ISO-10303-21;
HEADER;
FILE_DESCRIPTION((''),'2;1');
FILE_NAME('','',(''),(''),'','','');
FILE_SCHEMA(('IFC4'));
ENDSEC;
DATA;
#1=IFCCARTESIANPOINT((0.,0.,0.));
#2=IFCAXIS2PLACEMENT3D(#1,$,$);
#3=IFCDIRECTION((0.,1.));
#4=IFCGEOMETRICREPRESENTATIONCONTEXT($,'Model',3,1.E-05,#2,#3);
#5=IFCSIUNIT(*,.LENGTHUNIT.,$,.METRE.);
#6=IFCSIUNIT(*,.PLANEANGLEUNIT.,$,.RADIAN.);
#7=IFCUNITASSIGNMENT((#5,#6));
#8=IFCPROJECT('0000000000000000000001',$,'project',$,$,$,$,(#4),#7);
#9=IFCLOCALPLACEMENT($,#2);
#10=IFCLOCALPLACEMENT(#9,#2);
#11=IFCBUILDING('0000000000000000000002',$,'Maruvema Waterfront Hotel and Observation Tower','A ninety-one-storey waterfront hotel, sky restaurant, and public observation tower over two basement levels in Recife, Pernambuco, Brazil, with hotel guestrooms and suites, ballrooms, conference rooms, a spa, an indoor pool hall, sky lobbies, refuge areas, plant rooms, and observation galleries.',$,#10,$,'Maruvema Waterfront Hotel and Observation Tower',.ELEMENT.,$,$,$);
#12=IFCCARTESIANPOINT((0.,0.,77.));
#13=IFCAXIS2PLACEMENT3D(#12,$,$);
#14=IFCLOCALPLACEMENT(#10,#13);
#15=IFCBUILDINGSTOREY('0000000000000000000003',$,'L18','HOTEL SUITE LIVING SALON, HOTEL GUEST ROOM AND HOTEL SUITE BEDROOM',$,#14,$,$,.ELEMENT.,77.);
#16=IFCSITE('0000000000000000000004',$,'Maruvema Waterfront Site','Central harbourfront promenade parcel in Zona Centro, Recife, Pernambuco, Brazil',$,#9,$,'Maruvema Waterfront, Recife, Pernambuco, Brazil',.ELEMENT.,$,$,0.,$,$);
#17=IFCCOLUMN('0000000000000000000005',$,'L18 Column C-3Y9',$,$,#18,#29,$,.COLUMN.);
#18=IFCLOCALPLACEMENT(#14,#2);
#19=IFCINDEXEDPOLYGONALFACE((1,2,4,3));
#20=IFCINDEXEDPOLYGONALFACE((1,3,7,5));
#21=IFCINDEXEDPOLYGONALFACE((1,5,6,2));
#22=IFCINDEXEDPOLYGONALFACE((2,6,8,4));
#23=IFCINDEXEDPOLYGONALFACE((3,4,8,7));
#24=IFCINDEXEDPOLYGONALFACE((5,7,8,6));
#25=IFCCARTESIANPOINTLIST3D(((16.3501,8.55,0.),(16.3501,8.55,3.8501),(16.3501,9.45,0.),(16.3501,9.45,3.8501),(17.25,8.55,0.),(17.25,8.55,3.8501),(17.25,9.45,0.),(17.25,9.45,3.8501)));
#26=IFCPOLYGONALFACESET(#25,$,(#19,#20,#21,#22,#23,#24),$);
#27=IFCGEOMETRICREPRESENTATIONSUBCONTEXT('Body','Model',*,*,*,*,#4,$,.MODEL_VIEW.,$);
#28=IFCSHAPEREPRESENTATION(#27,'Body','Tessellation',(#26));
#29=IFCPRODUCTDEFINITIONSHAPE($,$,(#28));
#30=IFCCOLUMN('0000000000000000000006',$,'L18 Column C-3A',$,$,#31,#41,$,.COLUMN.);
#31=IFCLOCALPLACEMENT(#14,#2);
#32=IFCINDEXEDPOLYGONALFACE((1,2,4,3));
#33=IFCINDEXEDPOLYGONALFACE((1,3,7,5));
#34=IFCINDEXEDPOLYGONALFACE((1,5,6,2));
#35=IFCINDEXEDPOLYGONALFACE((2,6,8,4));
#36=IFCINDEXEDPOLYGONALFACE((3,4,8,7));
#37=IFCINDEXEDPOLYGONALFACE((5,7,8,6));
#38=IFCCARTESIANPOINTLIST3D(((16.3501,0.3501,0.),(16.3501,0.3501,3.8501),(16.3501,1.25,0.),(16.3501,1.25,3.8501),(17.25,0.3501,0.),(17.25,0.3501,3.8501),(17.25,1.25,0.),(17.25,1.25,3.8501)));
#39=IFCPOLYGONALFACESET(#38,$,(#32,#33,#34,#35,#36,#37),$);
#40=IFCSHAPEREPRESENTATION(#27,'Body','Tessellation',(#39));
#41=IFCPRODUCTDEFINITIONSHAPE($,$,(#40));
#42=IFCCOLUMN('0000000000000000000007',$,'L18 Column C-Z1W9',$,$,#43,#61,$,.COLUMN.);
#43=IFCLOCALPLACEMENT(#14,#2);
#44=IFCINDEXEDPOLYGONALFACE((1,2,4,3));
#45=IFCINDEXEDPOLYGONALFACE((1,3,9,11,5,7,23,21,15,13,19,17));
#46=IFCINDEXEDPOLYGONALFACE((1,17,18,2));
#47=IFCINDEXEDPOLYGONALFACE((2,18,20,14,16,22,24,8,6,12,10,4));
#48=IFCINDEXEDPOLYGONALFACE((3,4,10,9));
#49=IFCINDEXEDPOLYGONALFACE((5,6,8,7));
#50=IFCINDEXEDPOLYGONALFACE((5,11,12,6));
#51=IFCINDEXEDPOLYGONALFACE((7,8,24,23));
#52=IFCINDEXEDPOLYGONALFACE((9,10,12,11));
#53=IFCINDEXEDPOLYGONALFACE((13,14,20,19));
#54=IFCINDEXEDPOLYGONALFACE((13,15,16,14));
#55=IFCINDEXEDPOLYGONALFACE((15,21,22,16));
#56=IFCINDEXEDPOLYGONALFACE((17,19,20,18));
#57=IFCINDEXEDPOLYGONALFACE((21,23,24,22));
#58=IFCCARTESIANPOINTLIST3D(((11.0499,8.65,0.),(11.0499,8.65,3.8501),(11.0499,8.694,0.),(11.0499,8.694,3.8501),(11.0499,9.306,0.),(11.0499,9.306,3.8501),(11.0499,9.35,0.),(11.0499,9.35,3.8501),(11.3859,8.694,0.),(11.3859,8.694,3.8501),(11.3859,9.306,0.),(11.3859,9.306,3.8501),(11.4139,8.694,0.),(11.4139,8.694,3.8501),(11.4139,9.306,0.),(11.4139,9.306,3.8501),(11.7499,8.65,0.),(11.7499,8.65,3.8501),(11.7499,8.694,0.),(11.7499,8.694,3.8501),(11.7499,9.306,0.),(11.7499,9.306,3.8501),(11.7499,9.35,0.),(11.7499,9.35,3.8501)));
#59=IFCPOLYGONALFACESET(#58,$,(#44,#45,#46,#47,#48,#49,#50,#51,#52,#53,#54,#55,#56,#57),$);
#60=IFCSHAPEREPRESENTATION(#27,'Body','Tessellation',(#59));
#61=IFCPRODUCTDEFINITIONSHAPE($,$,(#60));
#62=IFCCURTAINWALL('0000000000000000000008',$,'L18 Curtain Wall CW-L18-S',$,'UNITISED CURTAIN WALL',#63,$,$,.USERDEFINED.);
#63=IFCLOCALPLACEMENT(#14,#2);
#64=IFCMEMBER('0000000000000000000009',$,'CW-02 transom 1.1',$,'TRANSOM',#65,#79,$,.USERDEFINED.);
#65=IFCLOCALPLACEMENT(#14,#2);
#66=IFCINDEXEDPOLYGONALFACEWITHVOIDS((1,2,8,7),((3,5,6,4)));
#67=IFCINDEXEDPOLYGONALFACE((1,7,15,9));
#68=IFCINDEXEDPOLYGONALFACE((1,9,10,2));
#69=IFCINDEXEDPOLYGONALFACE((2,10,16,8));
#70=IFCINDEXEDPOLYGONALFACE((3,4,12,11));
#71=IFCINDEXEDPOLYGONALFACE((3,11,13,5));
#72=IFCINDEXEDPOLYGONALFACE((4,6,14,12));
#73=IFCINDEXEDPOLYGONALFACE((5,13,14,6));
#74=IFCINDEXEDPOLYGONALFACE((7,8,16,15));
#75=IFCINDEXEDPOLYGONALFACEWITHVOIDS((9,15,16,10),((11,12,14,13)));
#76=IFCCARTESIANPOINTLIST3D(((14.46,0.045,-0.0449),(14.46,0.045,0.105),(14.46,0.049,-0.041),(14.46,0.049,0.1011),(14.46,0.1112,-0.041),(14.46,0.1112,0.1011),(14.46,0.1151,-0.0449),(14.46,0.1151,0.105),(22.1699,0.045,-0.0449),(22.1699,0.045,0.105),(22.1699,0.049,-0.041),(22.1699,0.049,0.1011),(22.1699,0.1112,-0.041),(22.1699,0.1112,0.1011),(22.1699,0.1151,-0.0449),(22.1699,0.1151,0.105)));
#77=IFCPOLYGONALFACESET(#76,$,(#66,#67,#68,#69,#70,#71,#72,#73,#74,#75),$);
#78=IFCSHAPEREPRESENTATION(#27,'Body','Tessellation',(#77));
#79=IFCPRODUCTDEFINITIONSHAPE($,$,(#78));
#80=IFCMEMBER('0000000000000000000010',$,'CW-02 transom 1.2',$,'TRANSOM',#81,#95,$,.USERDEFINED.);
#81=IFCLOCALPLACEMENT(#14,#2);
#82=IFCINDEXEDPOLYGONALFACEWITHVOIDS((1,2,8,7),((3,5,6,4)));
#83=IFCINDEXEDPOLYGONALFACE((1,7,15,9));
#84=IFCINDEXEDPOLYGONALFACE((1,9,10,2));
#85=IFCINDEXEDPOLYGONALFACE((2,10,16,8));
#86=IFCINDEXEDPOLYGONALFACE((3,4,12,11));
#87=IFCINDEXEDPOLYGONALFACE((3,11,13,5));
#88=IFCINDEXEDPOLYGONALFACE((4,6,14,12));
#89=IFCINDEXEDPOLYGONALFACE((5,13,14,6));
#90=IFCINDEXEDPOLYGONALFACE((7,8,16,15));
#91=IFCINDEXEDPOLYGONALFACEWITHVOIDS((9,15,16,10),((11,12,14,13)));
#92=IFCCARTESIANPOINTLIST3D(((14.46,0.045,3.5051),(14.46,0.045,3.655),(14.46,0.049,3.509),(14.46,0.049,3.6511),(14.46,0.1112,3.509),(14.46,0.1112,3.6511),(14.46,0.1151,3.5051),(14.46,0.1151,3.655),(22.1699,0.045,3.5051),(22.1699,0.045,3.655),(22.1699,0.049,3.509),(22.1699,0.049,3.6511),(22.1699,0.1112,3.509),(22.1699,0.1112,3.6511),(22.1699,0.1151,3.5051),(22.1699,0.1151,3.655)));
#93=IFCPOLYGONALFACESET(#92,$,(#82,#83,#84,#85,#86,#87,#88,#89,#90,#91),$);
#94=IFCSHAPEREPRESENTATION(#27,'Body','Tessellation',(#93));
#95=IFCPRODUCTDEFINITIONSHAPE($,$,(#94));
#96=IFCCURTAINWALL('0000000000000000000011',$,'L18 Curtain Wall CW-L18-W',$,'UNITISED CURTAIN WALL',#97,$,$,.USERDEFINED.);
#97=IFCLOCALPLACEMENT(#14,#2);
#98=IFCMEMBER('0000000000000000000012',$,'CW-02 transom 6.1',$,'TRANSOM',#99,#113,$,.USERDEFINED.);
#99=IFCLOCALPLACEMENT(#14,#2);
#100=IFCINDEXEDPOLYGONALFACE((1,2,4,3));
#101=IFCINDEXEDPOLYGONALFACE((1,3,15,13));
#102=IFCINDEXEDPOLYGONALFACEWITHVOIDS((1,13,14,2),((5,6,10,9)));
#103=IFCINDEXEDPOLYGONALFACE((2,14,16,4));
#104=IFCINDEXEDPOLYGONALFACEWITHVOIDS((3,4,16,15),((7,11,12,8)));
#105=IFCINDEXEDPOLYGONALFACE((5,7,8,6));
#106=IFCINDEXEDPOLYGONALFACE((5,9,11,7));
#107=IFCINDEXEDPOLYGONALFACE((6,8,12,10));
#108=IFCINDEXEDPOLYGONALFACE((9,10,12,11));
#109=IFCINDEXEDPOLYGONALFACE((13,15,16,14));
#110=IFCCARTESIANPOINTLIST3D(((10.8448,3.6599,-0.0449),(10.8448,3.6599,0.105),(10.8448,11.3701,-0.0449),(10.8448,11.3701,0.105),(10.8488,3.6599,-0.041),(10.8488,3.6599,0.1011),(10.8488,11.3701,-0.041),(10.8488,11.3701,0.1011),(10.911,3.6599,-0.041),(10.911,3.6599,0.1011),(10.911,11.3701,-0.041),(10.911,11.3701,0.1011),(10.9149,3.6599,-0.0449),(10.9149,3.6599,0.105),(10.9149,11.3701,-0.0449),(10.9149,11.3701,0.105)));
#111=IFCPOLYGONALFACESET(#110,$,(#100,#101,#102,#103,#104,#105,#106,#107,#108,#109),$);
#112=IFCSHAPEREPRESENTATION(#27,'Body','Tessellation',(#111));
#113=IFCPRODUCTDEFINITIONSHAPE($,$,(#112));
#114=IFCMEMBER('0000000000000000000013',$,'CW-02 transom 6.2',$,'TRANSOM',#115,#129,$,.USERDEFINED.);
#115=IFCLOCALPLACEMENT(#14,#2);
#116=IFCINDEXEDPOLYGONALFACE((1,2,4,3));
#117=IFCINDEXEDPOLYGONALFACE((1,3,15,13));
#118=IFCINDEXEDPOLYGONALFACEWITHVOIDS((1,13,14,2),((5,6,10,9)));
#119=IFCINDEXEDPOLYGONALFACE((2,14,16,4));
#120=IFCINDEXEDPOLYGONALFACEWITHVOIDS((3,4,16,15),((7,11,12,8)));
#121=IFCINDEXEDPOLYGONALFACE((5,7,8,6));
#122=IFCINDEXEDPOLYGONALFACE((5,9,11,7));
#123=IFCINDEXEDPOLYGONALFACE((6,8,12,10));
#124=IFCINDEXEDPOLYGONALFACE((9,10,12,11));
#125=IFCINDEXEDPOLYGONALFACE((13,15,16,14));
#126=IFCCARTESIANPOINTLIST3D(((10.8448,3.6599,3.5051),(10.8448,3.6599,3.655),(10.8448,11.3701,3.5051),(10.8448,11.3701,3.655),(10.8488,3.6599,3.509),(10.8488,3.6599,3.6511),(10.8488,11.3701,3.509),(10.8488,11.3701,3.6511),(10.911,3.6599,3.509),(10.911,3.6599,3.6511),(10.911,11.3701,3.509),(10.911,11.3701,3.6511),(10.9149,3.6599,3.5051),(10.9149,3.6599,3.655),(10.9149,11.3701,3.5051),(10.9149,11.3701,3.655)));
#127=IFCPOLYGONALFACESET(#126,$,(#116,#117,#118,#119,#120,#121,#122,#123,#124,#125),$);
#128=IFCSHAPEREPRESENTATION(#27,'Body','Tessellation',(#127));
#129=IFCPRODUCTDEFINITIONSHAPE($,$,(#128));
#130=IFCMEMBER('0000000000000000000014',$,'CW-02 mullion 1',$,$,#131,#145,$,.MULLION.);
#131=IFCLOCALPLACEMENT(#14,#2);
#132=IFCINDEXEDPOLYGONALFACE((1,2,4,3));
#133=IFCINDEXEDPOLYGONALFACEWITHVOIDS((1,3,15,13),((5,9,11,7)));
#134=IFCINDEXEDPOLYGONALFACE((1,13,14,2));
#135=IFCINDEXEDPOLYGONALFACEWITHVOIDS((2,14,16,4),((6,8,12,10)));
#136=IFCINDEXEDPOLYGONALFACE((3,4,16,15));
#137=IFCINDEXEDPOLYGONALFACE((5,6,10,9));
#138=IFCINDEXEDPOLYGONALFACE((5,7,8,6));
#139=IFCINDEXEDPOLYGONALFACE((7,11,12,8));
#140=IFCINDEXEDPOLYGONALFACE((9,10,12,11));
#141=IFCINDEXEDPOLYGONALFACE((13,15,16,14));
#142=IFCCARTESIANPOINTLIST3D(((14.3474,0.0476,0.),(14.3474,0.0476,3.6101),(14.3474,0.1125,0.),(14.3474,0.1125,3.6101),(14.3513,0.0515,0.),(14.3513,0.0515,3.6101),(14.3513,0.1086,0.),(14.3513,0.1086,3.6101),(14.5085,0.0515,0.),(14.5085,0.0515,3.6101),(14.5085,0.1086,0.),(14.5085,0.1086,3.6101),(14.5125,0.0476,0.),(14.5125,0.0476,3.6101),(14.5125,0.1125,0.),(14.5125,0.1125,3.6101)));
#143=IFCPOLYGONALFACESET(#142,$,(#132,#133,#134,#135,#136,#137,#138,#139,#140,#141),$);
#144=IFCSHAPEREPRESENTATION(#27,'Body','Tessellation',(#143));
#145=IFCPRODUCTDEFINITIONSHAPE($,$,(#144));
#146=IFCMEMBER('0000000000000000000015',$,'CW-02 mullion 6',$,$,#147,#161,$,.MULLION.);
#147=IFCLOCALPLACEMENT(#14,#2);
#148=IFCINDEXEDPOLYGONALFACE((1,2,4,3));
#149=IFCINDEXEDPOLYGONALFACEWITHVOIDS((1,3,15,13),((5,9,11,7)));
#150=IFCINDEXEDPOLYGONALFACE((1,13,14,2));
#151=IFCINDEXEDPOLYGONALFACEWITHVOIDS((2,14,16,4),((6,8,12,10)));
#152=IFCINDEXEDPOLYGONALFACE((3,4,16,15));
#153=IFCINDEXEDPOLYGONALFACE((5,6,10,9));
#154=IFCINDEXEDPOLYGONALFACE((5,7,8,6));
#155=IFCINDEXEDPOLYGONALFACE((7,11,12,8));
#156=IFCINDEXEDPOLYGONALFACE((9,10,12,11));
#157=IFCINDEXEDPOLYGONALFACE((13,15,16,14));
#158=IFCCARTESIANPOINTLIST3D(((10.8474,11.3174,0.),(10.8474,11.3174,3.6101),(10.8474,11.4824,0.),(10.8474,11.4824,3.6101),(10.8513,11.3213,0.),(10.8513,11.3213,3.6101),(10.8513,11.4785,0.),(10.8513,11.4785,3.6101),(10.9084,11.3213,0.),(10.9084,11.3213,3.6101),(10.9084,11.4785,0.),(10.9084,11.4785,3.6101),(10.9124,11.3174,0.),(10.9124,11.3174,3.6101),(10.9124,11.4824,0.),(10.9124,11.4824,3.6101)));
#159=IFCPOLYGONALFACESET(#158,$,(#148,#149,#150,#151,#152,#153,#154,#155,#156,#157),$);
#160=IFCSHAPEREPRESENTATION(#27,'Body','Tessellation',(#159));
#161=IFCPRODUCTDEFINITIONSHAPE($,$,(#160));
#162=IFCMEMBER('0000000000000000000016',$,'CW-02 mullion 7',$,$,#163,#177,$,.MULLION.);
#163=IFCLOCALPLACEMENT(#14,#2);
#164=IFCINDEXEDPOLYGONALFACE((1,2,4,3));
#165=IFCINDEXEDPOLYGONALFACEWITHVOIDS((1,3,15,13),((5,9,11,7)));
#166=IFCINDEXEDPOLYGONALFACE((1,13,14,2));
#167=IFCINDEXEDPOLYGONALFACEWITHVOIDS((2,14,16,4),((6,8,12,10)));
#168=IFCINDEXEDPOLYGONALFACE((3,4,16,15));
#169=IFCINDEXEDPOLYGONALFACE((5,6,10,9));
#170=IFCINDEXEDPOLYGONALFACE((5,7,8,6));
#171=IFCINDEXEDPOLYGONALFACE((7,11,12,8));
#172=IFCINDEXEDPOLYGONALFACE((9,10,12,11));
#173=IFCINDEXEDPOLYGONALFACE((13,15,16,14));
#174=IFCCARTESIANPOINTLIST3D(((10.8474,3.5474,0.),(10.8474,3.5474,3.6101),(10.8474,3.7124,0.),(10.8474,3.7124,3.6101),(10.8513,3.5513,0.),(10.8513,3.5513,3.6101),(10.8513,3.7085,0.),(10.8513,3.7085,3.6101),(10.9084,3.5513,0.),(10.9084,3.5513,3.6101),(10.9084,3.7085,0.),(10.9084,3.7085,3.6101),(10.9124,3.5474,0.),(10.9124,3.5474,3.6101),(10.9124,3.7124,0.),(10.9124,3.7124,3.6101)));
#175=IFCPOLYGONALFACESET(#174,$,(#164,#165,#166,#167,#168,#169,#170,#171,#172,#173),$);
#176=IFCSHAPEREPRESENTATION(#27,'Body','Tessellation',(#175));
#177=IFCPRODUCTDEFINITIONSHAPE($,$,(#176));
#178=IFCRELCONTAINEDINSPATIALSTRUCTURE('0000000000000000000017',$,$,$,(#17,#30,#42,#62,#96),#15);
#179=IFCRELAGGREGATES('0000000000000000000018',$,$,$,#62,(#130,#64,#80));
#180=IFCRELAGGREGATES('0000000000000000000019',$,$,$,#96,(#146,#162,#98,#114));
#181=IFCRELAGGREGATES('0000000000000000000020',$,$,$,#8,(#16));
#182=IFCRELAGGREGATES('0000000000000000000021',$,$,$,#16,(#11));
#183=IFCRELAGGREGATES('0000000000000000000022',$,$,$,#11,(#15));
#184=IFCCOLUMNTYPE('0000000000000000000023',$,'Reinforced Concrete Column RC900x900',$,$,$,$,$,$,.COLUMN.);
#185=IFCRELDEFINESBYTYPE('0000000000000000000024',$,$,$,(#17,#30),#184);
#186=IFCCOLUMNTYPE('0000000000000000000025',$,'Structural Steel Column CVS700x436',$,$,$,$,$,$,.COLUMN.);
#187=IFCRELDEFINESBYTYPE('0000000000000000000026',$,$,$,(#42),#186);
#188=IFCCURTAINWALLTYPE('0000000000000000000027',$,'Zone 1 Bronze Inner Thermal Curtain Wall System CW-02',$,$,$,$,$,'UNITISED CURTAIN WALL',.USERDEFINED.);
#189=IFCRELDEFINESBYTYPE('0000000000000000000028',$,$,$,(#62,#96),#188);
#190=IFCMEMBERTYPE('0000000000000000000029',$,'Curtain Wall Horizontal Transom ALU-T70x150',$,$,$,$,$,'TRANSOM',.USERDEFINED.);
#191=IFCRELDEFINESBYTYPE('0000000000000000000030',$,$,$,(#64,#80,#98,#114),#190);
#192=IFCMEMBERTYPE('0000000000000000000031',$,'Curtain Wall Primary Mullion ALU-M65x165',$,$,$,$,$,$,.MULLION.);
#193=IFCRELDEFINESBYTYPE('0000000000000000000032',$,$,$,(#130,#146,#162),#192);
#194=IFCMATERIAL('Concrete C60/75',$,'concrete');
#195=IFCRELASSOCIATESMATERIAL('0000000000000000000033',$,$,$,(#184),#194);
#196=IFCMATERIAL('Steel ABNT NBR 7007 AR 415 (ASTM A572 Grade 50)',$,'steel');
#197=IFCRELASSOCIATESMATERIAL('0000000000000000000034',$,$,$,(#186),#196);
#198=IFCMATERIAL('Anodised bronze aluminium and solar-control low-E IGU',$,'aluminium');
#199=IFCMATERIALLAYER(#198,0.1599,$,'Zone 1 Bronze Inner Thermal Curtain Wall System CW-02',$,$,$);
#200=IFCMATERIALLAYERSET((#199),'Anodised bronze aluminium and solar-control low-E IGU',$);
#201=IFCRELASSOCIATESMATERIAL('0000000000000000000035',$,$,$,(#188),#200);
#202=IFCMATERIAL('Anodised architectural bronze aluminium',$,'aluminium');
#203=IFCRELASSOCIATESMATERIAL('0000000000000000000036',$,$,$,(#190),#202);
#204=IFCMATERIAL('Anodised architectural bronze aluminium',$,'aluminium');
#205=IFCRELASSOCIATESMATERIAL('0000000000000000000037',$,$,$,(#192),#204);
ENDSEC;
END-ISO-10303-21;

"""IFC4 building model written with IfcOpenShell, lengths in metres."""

from ifc_helpers import new_model, si_unit, direction, frame, origin, origin_2d, place, context, subcontext, project, spatial, rectangle, hollow_rectangle, i_section, extrude, material, layer, layer_set, material_profile, profile_set, type_object, element, aggregate, save


model = new_model("IFC4")

# Units and contexts
model_context = context("Model", 3, precision=1e-05, world=origin(), true_north=direction((0.0, 1.0)))
body_context = subcontext(model_context, "Body", "Model", "MODEL_VIEW")
ifc_project = project(units=[si_unit("LENGTHUNIT", "METRE"), si_unit("PLANEANGLEUNIT", "RADIAN")], contexts=[model_context])

# Site, building, storey
site_placement = place(None, origin())
site = spatial("IfcSite", under=ifc_project, at=site_placement, Name="Maruvema Waterfront Site", Description="Central harbourfront promenade parcel in Zona Centro, Recife, Pernambuco, Brazil", LongName="Maruvema Waterfront, Recife, Pernambuco, Brazil", CompositionType="ELEMENT", RefElevation=0.0)
building_placement = place(site_placement, origin())
building = spatial("IfcBuilding", under=site, at=building_placement, Name="Maruvema Waterfront Hotel and Observation Tower", Description="A ninety-one-storey waterfront hotel, sky restaurant, and public observation tower over two basement levels in Recife, Pernambuco, Brazil, with hotel guestrooms and suites, ballrooms, conference rooms, a spa, an indoor pool hall, sky lobbies, refuge areas, plant rooms, and observation galleries.", LongName="Maruvema Waterfront Hotel and Observation Tower", CompositionType="ELEMENT")
storey_placement = place(building_placement, frame((0.0, 0.0, 77.0)))
storey = spatial("IfcBuildingStorey", under=building, at=storey_placement, Name="L18", Description="HOTEL SUITE LIVING SALON, HOTEL GUEST ROOM AND HOTEL SUITE BEDROOM", CompositionType="ELEMENT", Elevation=77.0)

# Columns
ifc_material_1 = material(Name="Concrete C60/75", Category="concrete")
ifc_material_profile_1 = material_profile(ifc_material_1, rectangle(XDim=0.8999, YDim=0.8999, at=origin_2d()), Name="RC900x900")
ifc_profile_set_1 = profile_set([ifc_material_profile_1], Name="Concrete C60/75")
column_type_1 = type_object("IfcColumnType", Name="Reinforced Concrete Column RC900x900", PredefinedType="COLUMN", material=ifc_profile_set_1)
for number, where, z_axis, x_axis, name in (
    (1, (16.8, 9.0, 0.0), (0.0, 0.0, 1.0), (1.0, 0.0, 0.0), "L18 Column C-3Y9"),
    (2, (16.8, 0.8, 0.0), (0.0, 0.0, 1.0), (1.0, 0.0, 0.0), "L18 Column C-3A"),
):
    element("IfcColumn", number, at=place(storey_placement, frame(where, z_axis=z_axis, x_axis=x_axis)), inside=storey, type_object=column_type_1, Name=name, PredefinedType="COLUMN", context=body_context, shape_type="SweptSolid", body=[
        extrude(rectangle(XDim=0.8999, YDim=0.8999, at=origin_2d()), origin(), (0.0, 0.0, 1.0), 3.8501),
    ])
ifc_material_2 = material(Name="Steel ABNT NBR 7007 AR 415 (ASTM A572 Grade 50)", Category="steel")
ifc_material_profile_2 = material_profile(ifc_material_2, i_section(OverallWidth=0.7, OverallDepth=0.7, WebThickness=0.0281, FlangeThickness=0.0439, at=origin_2d()), Name="CVS700x436")
ifc_profile_set_2 = profile_set([ifc_material_profile_2], Name="Steel ABNT NBR 7007 AR 415 (ASTM A572 Grade 50)")
column_type_2 = type_object("IfcColumnType", Name="Structural Steel Column CVS700x436", PredefinedType="COLUMN", material=ifc_profile_set_2)
column_placement = place(storey_placement, frame((11.3999, 9.0, 0.0), z_axis=(0.0, 0.0, 1.0), x_axis=(1.0, 0.0, 0.0)))
element("IfcColumn", 3, at=column_placement, inside=storey, type_object=column_type_2, Name="L18 Column C-Z1W9", PredefinedType="COLUMN", context=body_context, shape_type="SweptSolid", body=[
    extrude(i_section(OverallWidth=0.7, OverallDepth=0.7, WebThickness=0.0281, FlangeThickness=0.0439, at=origin_2d()), origin(), (0.0, 0.0, 1.0), 3.8501),
])

# Curtain walls, members
ifc_material_3 = material(Name="Anodised bronze aluminium and solar-control low-E IGU", Category="aluminium")
ifc_layer_1 = layer(ifc_material_3, 0.1599, Name="Zone 1 Bronze Inner Thermal Curtain Wall System CW-02")
ifc_layer_set_1 = layer_set([ifc_layer_1], Name="Anodised bronze aluminium and solar-control low-E IGU")
curtain_wall_type = type_object("IfcCurtainWallType", Name="Zone 1 Bronze Inner Thermal Curtain Wall System CW-02", ElementType="UNITISED CURTAIN WALL", PredefinedType="USERDEFINED", material=ifc_layer_set_1)
curtain_wall_1_placement = place(storey_placement, origin())
curtain_wall_1 = element("IfcCurtainWall", 4, at=curtain_wall_1_placement, inside=storey, type_object=curtain_wall_type, Name="L18 Curtain Wall CW-L18-S", ObjectType="UNITISED CURTAIN WALL", PredefinedType="USERDEFINED")
ifc_material_4 = material(Name="Anodised architectural bronze aluminium", Category="aluminium")
ifc_material_profile_3 = material_profile(ifc_material_4, hollow_rectangle(XDim=0.0701, YDim=0.1499, WallThickness=0.0039, at=origin_2d()), Name="ALU-T70x150")
ifc_profile_set_3 = profile_set([ifc_material_profile_3], Name="Anodised architectural bronze aluminium")
member_type_1 = type_object("IfcMemberType", Name="Curtain Wall Horizontal Transom ALU-T70x150", ElementType="TRANSOM", PredefinedType="USERDEFINED", material=ifc_profile_set_3)
member_1_placement = place(storey_placement, frame((14.46, 0.0801, 0.03), z_axis=(1.0, 0.0, 0.0), x_axis=(0.0, 1.0, 0.0)))
member_1 = element("IfcMember", 5, at=member_1_placement, type_object=member_type_1, Name="CW-02 transom 1.1", ObjectType="TRANSOM", PredefinedType="USERDEFINED", context=body_context, shape_type="SweptSolid", body=[
    extrude(hollow_rectangle(XDim=0.0701, YDim=0.1499, WallThickness=0.0039, at=origin_2d()), origin(), (0.0, 0.0, 1.0), 7.71),
])
member_2_placement = place(storey_placement, frame((14.46, 0.0801, 3.5801), z_axis=(1.0, 0.0, 0.0), x_axis=(0.0, 1.0, 0.0)))
member_2 = element("IfcMember", 6, at=member_2_placement, type_object=member_type_1, Name="CW-02 transom 1.2", ObjectType="TRANSOM", PredefinedType="USERDEFINED", context=body_context, shape_type="SweptSolid", body=[
    extrude(hollow_rectangle(XDim=0.0701, YDim=0.1499, WallThickness=0.0039, at=origin_2d()), origin(), (0.0, 0.0, 1.0), 7.71),
])
curtain_wall_2_placement = place(storey_placement, origin())
curtain_wall_2 = element("IfcCurtainWall", 7, at=curtain_wall_2_placement, inside=storey, type_object=curtain_wall_type, Name="L18 Curtain Wall CW-L18-W", ObjectType="UNITISED CURTAIN WALL", PredefinedType="USERDEFINED")
member_3_placement = place(storey_placement, frame((10.8799, 11.3701, 0.03), z_axis=(0.0, -1.0, 0.0), x_axis=(1.0, 0.0, 0.0)))
member_3 = element("IfcMember", 8, at=member_3_placement, type_object=member_type_1, Name="CW-02 transom 6.1", ObjectType="TRANSOM", PredefinedType="USERDEFINED", context=body_context, shape_type="SweptSolid", body=[
    extrude(hollow_rectangle(XDim=0.0701, YDim=0.1499, WallThickness=0.0039, at=origin_2d()), origin(), (0.0, 0.0, 1.0), 7.7102),
])
member_4_placement = place(storey_placement, frame((10.8799, 11.3701, 3.5801), z_axis=(0.0, -1.0, 0.0), x_axis=(1.0, 0.0, 0.0)))
member_4 = element("IfcMember", 9, at=member_4_placement, type_object=member_type_1, Name="CW-02 transom 6.2", ObjectType="TRANSOM", PredefinedType="USERDEFINED", context=body_context, shape_type="SweptSolid", body=[
    extrude(hollow_rectangle(XDim=0.0701, YDim=0.1499, WallThickness=0.0039, at=origin_2d()), origin(), (0.0, 0.0, 1.0), 7.7102),
])

# Members
ifc_material_5 = material(Name="Anodised architectural bronze aluminium", Category="aluminium")
ifc_material_profile_4 = material_profile(ifc_material_5, hollow_rectangle(XDim=0.0649, YDim=0.165, WallThickness=0.0039, at=origin_2d()), Name="ALU-M65x165")
ifc_profile_set_4 = profile_set([ifc_material_profile_4], Name="Anodised architectural bronze aluminium")
member_type_2 = type_object("IfcMemberType", Name="Curtain Wall Primary Mullion ALU-M65x165", PredefinedType="MULLION", material=ifc_profile_set_4)
member_5_placement = place(storey_placement, frame((14.4299, 0.0801, 0.0), z_axis=(0.0, 0.0, 1.0), x_axis=(0.0, 1.0, 0.0)))
member_5 = element("IfcMember", 10, at=member_5_placement, type_object=member_type_2, Name="CW-02 mullion 1", PredefinedType="MULLION", context=body_context, shape_type="SweptSolid", body=[
    extrude(hollow_rectangle(XDim=0.0649, YDim=0.165, WallThickness=0.0039, at=origin_2d()), origin(), (0.0, 0.0, 1.0), 3.6101),
])
member_6_placement = place(storey_placement, frame((10.8799, 11.3999, 0.0), z_axis=(0.0, 0.0, 1.0), x_axis=(1.0, 0.0, 0.0)))
member_6 = element("IfcMember", 11, at=member_6_placement, type_object=member_type_2, Name="CW-02 mullion 6", PredefinedType="MULLION", context=body_context, shape_type="SweptSolid", body=[
    extrude(hollow_rectangle(XDim=0.0649, YDim=0.165, WallThickness=0.0039, at=origin_2d()), origin(), (0.0, 0.0, 1.0), 3.6101),
])
member_7_placement = place(storey_placement, frame((10.8799, 3.6299, 0.0), z_axis=(0.0, 0.0, 1.0), x_axis=(1.0, 0.0, 0.0)))
member_7 = element("IfcMember", 12, at=member_7_placement, type_object=member_type_2, Name="CW-02 mullion 7", PredefinedType="MULLION", context=body_context, shape_type="SweptSolid", body=[
    extrude(hollow_rectangle(XDim=0.0649, YDim=0.165, WallThickness=0.0039, at=origin_2d()), origin(), (0.0, 0.0, 1.0), 3.6101),
])

aggregate(curtain_wall_1, [member_5, member_1, member_2])
aggregate(curtain_wall_2, [member_6, member_7, member_3, member_4])

save(model, "model.ifc")
